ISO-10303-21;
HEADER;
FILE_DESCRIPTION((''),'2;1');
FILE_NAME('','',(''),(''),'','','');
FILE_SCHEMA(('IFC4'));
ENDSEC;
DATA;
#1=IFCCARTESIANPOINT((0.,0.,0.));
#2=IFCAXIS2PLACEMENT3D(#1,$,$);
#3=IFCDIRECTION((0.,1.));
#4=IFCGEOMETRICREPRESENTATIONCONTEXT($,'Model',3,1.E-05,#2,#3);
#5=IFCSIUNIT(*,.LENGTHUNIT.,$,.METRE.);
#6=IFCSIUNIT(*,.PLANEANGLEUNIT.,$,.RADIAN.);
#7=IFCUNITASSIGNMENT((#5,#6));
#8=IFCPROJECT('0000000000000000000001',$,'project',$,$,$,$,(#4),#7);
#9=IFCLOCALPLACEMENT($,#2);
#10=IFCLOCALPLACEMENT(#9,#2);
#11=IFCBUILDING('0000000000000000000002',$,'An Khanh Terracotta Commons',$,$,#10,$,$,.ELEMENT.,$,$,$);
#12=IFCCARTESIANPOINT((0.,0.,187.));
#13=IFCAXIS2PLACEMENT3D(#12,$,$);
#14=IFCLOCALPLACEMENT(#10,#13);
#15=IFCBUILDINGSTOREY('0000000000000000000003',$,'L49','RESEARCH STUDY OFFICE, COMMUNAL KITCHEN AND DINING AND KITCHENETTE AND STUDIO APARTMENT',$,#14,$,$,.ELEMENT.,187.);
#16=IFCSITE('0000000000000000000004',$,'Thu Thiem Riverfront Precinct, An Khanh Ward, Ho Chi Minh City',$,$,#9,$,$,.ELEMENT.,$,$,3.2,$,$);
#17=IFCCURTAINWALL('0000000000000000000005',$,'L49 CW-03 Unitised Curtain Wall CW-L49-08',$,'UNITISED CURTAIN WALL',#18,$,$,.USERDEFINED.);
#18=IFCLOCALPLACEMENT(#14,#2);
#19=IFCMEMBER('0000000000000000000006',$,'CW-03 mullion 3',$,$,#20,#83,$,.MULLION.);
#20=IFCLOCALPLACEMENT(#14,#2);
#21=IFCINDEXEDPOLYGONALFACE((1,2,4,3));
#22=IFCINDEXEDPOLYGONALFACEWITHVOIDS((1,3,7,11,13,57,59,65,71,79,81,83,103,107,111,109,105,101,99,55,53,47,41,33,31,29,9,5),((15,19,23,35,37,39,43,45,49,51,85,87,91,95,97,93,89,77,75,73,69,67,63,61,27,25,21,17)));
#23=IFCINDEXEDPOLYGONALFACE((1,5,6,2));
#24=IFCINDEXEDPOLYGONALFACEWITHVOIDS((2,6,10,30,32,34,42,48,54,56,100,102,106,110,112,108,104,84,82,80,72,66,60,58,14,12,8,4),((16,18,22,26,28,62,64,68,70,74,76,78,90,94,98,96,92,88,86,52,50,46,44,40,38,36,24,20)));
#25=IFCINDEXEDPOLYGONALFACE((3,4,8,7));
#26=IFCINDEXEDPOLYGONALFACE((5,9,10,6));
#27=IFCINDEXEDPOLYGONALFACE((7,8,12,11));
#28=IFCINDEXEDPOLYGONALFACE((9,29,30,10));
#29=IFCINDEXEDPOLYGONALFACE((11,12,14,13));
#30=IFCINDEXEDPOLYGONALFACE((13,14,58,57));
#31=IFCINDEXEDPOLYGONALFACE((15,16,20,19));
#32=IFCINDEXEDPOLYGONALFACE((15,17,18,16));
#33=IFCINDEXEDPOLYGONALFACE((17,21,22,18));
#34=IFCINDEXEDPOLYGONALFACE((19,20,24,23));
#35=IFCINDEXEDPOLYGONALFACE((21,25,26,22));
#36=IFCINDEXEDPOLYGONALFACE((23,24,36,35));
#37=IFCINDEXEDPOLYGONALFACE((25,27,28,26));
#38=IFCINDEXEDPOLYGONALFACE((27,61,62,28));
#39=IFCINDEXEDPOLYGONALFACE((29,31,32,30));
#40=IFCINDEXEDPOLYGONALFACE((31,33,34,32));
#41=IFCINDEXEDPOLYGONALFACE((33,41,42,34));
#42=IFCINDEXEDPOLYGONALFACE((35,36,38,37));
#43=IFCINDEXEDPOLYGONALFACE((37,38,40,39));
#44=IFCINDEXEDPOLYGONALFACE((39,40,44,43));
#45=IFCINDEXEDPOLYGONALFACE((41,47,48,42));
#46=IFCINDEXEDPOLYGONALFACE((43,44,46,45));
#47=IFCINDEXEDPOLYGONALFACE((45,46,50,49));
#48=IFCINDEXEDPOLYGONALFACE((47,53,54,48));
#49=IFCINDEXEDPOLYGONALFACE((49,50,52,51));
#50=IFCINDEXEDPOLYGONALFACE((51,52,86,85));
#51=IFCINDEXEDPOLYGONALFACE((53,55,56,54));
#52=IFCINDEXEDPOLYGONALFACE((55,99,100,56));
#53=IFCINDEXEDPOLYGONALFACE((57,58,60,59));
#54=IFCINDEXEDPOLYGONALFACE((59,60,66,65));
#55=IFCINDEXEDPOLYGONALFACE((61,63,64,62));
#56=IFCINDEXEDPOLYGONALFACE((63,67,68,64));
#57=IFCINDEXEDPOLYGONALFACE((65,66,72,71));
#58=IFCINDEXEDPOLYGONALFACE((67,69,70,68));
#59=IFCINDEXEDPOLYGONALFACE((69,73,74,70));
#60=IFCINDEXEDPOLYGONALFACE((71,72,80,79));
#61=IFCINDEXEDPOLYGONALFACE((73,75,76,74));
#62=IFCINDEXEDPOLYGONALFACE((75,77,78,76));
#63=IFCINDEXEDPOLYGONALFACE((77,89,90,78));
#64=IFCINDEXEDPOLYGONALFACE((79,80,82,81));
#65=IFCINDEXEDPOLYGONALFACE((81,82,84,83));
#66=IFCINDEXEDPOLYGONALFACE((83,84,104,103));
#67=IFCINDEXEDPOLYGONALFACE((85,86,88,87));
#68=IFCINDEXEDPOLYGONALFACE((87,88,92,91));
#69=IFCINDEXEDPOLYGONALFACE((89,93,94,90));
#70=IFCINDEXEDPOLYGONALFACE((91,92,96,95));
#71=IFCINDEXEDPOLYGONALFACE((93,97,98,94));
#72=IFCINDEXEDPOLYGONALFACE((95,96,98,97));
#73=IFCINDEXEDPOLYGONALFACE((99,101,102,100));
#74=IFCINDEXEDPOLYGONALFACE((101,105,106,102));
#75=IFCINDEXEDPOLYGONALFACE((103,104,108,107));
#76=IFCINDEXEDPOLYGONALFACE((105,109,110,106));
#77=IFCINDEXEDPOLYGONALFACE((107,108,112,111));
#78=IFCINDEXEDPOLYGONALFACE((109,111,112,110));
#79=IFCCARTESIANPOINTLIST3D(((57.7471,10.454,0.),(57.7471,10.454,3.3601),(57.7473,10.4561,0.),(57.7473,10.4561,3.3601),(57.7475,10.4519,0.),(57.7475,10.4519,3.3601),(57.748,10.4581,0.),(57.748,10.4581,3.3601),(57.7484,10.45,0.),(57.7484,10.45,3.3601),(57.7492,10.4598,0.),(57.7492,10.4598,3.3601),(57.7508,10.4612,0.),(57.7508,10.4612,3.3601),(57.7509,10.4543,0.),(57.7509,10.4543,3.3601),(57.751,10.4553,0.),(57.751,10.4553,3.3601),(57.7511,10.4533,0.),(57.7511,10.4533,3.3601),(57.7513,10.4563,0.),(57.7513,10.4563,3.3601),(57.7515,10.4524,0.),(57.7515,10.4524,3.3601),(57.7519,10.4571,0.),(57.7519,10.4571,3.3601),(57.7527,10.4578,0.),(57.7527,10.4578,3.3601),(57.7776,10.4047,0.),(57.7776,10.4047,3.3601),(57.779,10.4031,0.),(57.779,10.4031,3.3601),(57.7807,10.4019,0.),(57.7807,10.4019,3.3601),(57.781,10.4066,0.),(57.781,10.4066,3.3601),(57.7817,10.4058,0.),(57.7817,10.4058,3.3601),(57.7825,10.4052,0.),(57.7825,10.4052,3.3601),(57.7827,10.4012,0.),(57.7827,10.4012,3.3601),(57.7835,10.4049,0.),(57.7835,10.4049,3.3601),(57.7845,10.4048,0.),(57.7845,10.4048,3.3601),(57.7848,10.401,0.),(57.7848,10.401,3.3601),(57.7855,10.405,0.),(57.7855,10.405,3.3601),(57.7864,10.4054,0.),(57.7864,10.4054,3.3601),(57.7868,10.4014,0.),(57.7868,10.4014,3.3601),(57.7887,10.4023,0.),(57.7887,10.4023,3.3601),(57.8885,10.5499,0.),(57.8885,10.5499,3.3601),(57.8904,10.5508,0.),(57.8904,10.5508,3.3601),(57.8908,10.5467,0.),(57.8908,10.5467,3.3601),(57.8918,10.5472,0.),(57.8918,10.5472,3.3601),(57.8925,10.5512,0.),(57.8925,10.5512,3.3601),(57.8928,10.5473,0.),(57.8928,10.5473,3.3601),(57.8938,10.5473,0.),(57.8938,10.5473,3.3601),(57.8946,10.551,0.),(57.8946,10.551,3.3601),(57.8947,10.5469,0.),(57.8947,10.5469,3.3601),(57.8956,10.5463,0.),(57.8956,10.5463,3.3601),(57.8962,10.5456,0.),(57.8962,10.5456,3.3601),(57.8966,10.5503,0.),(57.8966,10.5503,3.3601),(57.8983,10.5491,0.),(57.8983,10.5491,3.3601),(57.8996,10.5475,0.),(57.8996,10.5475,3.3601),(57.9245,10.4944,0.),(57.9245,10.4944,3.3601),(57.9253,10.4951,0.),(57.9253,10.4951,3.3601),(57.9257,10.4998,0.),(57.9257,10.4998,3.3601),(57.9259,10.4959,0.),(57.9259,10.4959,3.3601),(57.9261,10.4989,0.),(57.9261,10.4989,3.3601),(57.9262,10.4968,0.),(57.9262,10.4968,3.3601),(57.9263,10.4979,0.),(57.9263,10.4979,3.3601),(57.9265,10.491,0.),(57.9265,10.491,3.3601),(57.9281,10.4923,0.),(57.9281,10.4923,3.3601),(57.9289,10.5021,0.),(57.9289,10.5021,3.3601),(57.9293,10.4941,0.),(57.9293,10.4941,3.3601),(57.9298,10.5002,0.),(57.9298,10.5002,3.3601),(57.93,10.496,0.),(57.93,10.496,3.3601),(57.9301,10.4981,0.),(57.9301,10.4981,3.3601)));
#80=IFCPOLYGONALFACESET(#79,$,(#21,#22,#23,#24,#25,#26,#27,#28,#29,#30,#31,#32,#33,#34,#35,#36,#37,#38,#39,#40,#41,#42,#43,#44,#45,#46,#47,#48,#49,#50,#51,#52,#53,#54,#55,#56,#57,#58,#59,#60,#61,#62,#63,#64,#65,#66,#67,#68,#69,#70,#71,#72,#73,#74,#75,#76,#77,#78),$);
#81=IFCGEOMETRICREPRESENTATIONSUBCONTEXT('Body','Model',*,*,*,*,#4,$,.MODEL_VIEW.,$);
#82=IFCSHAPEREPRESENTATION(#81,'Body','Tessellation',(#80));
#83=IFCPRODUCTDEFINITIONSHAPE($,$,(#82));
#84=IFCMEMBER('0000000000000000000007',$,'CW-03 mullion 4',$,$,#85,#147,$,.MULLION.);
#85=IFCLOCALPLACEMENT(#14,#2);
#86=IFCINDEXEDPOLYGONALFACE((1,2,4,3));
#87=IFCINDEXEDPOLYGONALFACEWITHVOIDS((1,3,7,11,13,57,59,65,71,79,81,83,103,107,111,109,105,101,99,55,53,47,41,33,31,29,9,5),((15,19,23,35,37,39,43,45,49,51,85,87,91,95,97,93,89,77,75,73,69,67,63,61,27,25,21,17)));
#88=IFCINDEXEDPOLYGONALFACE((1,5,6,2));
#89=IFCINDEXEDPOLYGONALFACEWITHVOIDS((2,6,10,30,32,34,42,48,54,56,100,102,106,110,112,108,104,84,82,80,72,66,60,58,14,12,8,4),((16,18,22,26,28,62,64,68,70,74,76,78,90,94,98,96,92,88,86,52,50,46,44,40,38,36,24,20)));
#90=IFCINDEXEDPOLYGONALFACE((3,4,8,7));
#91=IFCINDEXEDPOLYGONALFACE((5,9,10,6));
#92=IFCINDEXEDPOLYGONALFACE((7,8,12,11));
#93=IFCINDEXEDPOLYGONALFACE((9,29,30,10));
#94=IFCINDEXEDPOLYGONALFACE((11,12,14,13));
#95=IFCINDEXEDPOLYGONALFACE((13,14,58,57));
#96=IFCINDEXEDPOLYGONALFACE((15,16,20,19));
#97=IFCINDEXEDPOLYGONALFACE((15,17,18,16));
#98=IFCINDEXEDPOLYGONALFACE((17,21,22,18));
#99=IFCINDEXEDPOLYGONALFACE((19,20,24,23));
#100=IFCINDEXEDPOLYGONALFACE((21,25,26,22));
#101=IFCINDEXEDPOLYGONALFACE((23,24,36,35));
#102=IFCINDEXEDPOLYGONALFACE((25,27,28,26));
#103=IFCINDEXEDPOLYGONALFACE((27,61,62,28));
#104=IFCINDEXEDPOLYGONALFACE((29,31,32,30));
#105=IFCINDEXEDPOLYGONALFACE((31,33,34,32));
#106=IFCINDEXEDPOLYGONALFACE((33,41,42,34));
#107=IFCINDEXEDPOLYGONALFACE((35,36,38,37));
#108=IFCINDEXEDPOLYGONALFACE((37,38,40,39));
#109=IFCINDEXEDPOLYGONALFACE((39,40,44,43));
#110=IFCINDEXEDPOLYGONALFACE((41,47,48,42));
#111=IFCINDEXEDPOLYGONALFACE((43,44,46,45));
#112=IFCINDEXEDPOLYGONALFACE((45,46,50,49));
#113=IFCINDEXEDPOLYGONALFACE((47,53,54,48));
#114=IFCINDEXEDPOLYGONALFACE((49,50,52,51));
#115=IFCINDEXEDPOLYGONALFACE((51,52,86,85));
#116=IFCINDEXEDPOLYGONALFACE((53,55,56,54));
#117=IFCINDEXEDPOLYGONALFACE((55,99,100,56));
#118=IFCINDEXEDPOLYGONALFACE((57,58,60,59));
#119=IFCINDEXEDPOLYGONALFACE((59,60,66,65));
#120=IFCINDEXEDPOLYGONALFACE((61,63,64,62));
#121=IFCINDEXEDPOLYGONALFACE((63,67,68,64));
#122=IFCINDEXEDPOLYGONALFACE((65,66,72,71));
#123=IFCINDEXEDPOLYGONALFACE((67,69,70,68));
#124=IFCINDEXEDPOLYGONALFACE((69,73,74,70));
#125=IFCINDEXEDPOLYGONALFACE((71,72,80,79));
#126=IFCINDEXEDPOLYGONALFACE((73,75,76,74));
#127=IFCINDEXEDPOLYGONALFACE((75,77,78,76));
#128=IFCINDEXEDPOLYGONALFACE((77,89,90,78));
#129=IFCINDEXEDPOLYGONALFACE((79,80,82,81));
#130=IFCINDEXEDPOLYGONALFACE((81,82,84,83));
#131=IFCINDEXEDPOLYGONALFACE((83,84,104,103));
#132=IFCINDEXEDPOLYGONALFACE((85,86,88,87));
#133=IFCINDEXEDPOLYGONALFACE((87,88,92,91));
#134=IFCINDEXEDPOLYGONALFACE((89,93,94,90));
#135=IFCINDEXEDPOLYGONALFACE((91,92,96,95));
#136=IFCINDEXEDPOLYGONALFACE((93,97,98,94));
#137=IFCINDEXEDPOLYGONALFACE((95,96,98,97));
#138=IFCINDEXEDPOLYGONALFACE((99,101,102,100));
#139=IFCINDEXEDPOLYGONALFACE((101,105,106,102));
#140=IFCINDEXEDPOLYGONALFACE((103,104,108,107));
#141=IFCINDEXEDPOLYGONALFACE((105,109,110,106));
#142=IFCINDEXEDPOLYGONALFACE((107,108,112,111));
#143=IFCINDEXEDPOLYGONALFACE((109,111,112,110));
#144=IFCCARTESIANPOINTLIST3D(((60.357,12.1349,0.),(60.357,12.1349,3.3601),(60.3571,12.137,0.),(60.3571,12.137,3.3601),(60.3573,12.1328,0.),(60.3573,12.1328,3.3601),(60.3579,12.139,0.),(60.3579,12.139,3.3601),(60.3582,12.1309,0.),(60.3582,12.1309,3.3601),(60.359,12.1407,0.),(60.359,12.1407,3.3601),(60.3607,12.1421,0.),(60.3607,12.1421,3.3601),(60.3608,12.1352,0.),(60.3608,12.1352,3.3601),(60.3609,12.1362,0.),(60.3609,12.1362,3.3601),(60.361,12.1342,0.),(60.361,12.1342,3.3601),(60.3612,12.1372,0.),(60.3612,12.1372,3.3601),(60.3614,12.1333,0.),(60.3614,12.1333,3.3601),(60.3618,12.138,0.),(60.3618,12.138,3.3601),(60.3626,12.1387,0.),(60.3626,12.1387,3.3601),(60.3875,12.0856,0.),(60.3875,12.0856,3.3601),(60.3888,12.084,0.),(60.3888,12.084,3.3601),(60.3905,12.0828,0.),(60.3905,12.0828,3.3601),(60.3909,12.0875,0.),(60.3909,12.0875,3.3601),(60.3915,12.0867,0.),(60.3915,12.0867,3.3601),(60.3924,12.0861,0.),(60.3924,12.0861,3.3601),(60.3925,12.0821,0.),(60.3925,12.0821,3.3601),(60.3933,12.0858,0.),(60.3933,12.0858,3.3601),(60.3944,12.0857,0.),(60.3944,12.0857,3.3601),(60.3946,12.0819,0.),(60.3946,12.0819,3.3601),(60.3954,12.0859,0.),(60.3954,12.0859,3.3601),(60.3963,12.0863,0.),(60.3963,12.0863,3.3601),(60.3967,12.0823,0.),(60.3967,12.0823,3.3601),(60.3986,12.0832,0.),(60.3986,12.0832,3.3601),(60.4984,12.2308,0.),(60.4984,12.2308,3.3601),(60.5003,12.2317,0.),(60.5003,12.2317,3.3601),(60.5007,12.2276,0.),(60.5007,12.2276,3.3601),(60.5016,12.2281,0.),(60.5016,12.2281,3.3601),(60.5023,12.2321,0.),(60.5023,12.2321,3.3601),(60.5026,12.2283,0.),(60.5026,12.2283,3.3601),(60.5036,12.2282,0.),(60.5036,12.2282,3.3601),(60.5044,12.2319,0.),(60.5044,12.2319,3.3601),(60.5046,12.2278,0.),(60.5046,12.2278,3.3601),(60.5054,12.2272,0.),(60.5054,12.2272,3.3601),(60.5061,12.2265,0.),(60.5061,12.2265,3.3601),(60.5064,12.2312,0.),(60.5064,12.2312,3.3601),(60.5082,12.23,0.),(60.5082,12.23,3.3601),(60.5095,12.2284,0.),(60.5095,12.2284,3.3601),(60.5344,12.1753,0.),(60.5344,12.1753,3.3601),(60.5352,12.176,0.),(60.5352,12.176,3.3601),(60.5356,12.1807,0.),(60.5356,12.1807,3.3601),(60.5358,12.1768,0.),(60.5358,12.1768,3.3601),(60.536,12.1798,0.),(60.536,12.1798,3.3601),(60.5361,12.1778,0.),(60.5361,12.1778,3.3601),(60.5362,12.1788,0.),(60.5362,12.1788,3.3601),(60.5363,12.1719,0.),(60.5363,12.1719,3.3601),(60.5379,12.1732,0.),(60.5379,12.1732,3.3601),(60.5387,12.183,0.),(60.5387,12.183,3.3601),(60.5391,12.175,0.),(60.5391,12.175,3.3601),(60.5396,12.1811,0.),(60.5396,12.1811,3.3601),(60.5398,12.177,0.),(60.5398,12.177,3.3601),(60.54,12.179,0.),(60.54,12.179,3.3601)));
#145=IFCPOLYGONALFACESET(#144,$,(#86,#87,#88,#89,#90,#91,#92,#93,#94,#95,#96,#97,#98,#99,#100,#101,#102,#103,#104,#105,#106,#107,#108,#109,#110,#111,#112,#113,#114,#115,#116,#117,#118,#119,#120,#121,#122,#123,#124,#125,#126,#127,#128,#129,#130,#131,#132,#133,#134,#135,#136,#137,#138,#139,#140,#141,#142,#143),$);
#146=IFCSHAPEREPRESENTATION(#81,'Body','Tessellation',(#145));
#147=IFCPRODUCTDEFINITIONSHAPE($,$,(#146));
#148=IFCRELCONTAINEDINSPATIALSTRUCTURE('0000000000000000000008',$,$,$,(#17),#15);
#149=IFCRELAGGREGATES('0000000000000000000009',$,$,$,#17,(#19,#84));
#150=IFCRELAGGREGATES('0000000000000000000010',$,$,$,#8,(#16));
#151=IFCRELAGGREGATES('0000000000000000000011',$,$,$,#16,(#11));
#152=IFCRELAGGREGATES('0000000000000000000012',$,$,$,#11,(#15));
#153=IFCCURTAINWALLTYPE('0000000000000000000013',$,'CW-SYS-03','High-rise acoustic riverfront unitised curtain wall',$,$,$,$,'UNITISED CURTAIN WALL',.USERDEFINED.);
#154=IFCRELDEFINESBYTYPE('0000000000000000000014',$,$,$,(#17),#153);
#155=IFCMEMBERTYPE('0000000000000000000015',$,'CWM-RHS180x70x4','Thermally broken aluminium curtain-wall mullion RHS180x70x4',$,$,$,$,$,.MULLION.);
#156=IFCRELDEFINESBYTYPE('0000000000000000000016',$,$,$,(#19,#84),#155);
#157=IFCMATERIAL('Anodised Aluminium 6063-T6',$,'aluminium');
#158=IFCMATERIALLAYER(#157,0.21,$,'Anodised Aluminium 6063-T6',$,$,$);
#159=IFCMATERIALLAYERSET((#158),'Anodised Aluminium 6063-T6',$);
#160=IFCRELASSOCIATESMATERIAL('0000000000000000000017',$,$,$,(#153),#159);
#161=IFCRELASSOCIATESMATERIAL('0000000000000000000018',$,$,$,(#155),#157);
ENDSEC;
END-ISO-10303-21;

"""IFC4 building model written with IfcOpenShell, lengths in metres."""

from ifc_helpers import new_model, si_unit, direction, frame, origin, origin_2d, place, context, subcontext, project, spatial, hollow_rectangle, extrude, material, layer, layer_set, material_profile, profile_set, type_object, element, aggregate, save


model = new_model("IFC4")

# Units and contexts
model_context = context("Model", 3, precision=1e-05, world=origin(), true_north=direction((0.0, 1.0)))
body_context = subcontext(model_context, "Body", "Model", "MODEL_VIEW")
ifc_project = project(units=[si_unit("LENGTHUNIT", "METRE"), si_unit("PLANEANGLEUNIT", "RADIAN")], contexts=[model_context])

# Site, building, storey
site_placement = place(None, origin())
site = spatial("IfcSite", under=ifc_project, at=site_placement, Name="Thu Thiem Riverfront Precinct, An Khanh Ward, Ho Chi Minh City", CompositionType="ELEMENT", RefElevation=3.2)
building_placement = place(site_placement, origin())
building = spatial("IfcBuilding", under=site, at=building_placement, Name="An Khanh Terracotta Commons", CompositionType="ELEMENT")
storey_placement = place(building_placement, frame((0.0, 0.0, 187.0)))
storey = spatial("IfcBuildingStorey", under=building, at=storey_placement, Name="L49", Description="RESEARCH STUDY OFFICE, COMMUNAL KITCHEN AND DINING AND KITCHENETTE AND STUDIO APARTMENT", CompositionType="ELEMENT", Elevation=187.0)

# Curtain wall, members
ifc_material_1 = material(Name="Anodised Aluminium 6063-T6", Category="aluminium")
ifc_layer_1 = layer(ifc_material_1, 0.21, Name="Anodised Aluminium 6063-T6")
ifc_layer_set_1 = layer_set([ifc_layer_1], Name="Anodised Aluminium 6063-T6")
curtain_wall_type = type_object("IfcCurtainWallType", Name="CW-SYS-03", Description="High-rise acoustic riverfront unitised curtain wall", ElementType="UNITISED CURTAIN WALL", PredefinedType="USERDEFINED", material=ifc_layer_set_1)
curtain_wall_1_placement = place(storey_placement, origin())
curtain_wall_1 = element("IfcCurtainWall", 1, at=curtain_wall_1_placement, inside=storey, type_object=curtain_wall_type, Name="L49 CW-03 Unitised Curtain Wall CW-L49-08", ObjectType="UNITISED CURTAIN WALL", PredefinedType="USERDEFINED")
ifc_material_profile_1 = material_profile(ifc_material_1, hollow_rectangle(XDim=0.0701, YDim=0.1799, WallThickness=0.0039, InnerFilletRadius=0.0039, OuterFilletRadius=0.0081, at=origin_2d()), Name="RHS180x70x4")
ifc_profile_set_1 = profile_set([ifc_material_profile_1], Name="Anodised Aluminium 6063-T6")
member_type_1 = type_object("IfcMemberType", Name="CWM-RHS180x70x4", Description="Thermally broken aluminium curtain-wall mullion RHS180x70x4", PredefinedType="MULLION", material=ifc_profile_set_1)
member_1_placement = place(storey_placement, frame((57.8386, 10.4761, 0.0), z_axis=(0.0, 0.0, 1.0), x_axis=(-0.541498, 0.840702, 0.0)))
member_1 = element("IfcMember", 2, at=member_1_placement, type_object=member_type_1, Name="CW-03 mullion 3", PredefinedType="MULLION", context=body_context, shape_type="SweptSolid", body=[
    extrude(hollow_rectangle(XDim=0.0701, YDim=0.1799, WallThickness=0.0039, InnerFilletRadius=0.0039, OuterFilletRadius=0.0081, at=origin_2d()), origin(), (0.0, 0.0, 1.0), 3.3601),
])
member_2_placement = place(storey_placement, frame((60.4485, 12.157, 0.0), z_axis=(0.0, 0.0, 1.0), x_axis=(-0.541498, 0.840702, 0.0)))
member_2 = element("IfcMember", 3, at=member_2_placement, type_object=member_type_1, Name="CW-03 mullion 4", PredefinedType="MULLION", context=body_context, shape_type="SweptSolid", body=[
    extrude(hollow_rectangle(XDim=0.0701, YDim=0.1799, WallThickness=0.0039, InnerFilletRadius=0.0039, OuterFilletRadius=0.0081, at=origin_2d()), origin(), (0.0, 0.0, 1.0), 3.3601),
])

aggregate(curtain_wall_1, [member_1, member_2])

save(model, "model.ifc")
